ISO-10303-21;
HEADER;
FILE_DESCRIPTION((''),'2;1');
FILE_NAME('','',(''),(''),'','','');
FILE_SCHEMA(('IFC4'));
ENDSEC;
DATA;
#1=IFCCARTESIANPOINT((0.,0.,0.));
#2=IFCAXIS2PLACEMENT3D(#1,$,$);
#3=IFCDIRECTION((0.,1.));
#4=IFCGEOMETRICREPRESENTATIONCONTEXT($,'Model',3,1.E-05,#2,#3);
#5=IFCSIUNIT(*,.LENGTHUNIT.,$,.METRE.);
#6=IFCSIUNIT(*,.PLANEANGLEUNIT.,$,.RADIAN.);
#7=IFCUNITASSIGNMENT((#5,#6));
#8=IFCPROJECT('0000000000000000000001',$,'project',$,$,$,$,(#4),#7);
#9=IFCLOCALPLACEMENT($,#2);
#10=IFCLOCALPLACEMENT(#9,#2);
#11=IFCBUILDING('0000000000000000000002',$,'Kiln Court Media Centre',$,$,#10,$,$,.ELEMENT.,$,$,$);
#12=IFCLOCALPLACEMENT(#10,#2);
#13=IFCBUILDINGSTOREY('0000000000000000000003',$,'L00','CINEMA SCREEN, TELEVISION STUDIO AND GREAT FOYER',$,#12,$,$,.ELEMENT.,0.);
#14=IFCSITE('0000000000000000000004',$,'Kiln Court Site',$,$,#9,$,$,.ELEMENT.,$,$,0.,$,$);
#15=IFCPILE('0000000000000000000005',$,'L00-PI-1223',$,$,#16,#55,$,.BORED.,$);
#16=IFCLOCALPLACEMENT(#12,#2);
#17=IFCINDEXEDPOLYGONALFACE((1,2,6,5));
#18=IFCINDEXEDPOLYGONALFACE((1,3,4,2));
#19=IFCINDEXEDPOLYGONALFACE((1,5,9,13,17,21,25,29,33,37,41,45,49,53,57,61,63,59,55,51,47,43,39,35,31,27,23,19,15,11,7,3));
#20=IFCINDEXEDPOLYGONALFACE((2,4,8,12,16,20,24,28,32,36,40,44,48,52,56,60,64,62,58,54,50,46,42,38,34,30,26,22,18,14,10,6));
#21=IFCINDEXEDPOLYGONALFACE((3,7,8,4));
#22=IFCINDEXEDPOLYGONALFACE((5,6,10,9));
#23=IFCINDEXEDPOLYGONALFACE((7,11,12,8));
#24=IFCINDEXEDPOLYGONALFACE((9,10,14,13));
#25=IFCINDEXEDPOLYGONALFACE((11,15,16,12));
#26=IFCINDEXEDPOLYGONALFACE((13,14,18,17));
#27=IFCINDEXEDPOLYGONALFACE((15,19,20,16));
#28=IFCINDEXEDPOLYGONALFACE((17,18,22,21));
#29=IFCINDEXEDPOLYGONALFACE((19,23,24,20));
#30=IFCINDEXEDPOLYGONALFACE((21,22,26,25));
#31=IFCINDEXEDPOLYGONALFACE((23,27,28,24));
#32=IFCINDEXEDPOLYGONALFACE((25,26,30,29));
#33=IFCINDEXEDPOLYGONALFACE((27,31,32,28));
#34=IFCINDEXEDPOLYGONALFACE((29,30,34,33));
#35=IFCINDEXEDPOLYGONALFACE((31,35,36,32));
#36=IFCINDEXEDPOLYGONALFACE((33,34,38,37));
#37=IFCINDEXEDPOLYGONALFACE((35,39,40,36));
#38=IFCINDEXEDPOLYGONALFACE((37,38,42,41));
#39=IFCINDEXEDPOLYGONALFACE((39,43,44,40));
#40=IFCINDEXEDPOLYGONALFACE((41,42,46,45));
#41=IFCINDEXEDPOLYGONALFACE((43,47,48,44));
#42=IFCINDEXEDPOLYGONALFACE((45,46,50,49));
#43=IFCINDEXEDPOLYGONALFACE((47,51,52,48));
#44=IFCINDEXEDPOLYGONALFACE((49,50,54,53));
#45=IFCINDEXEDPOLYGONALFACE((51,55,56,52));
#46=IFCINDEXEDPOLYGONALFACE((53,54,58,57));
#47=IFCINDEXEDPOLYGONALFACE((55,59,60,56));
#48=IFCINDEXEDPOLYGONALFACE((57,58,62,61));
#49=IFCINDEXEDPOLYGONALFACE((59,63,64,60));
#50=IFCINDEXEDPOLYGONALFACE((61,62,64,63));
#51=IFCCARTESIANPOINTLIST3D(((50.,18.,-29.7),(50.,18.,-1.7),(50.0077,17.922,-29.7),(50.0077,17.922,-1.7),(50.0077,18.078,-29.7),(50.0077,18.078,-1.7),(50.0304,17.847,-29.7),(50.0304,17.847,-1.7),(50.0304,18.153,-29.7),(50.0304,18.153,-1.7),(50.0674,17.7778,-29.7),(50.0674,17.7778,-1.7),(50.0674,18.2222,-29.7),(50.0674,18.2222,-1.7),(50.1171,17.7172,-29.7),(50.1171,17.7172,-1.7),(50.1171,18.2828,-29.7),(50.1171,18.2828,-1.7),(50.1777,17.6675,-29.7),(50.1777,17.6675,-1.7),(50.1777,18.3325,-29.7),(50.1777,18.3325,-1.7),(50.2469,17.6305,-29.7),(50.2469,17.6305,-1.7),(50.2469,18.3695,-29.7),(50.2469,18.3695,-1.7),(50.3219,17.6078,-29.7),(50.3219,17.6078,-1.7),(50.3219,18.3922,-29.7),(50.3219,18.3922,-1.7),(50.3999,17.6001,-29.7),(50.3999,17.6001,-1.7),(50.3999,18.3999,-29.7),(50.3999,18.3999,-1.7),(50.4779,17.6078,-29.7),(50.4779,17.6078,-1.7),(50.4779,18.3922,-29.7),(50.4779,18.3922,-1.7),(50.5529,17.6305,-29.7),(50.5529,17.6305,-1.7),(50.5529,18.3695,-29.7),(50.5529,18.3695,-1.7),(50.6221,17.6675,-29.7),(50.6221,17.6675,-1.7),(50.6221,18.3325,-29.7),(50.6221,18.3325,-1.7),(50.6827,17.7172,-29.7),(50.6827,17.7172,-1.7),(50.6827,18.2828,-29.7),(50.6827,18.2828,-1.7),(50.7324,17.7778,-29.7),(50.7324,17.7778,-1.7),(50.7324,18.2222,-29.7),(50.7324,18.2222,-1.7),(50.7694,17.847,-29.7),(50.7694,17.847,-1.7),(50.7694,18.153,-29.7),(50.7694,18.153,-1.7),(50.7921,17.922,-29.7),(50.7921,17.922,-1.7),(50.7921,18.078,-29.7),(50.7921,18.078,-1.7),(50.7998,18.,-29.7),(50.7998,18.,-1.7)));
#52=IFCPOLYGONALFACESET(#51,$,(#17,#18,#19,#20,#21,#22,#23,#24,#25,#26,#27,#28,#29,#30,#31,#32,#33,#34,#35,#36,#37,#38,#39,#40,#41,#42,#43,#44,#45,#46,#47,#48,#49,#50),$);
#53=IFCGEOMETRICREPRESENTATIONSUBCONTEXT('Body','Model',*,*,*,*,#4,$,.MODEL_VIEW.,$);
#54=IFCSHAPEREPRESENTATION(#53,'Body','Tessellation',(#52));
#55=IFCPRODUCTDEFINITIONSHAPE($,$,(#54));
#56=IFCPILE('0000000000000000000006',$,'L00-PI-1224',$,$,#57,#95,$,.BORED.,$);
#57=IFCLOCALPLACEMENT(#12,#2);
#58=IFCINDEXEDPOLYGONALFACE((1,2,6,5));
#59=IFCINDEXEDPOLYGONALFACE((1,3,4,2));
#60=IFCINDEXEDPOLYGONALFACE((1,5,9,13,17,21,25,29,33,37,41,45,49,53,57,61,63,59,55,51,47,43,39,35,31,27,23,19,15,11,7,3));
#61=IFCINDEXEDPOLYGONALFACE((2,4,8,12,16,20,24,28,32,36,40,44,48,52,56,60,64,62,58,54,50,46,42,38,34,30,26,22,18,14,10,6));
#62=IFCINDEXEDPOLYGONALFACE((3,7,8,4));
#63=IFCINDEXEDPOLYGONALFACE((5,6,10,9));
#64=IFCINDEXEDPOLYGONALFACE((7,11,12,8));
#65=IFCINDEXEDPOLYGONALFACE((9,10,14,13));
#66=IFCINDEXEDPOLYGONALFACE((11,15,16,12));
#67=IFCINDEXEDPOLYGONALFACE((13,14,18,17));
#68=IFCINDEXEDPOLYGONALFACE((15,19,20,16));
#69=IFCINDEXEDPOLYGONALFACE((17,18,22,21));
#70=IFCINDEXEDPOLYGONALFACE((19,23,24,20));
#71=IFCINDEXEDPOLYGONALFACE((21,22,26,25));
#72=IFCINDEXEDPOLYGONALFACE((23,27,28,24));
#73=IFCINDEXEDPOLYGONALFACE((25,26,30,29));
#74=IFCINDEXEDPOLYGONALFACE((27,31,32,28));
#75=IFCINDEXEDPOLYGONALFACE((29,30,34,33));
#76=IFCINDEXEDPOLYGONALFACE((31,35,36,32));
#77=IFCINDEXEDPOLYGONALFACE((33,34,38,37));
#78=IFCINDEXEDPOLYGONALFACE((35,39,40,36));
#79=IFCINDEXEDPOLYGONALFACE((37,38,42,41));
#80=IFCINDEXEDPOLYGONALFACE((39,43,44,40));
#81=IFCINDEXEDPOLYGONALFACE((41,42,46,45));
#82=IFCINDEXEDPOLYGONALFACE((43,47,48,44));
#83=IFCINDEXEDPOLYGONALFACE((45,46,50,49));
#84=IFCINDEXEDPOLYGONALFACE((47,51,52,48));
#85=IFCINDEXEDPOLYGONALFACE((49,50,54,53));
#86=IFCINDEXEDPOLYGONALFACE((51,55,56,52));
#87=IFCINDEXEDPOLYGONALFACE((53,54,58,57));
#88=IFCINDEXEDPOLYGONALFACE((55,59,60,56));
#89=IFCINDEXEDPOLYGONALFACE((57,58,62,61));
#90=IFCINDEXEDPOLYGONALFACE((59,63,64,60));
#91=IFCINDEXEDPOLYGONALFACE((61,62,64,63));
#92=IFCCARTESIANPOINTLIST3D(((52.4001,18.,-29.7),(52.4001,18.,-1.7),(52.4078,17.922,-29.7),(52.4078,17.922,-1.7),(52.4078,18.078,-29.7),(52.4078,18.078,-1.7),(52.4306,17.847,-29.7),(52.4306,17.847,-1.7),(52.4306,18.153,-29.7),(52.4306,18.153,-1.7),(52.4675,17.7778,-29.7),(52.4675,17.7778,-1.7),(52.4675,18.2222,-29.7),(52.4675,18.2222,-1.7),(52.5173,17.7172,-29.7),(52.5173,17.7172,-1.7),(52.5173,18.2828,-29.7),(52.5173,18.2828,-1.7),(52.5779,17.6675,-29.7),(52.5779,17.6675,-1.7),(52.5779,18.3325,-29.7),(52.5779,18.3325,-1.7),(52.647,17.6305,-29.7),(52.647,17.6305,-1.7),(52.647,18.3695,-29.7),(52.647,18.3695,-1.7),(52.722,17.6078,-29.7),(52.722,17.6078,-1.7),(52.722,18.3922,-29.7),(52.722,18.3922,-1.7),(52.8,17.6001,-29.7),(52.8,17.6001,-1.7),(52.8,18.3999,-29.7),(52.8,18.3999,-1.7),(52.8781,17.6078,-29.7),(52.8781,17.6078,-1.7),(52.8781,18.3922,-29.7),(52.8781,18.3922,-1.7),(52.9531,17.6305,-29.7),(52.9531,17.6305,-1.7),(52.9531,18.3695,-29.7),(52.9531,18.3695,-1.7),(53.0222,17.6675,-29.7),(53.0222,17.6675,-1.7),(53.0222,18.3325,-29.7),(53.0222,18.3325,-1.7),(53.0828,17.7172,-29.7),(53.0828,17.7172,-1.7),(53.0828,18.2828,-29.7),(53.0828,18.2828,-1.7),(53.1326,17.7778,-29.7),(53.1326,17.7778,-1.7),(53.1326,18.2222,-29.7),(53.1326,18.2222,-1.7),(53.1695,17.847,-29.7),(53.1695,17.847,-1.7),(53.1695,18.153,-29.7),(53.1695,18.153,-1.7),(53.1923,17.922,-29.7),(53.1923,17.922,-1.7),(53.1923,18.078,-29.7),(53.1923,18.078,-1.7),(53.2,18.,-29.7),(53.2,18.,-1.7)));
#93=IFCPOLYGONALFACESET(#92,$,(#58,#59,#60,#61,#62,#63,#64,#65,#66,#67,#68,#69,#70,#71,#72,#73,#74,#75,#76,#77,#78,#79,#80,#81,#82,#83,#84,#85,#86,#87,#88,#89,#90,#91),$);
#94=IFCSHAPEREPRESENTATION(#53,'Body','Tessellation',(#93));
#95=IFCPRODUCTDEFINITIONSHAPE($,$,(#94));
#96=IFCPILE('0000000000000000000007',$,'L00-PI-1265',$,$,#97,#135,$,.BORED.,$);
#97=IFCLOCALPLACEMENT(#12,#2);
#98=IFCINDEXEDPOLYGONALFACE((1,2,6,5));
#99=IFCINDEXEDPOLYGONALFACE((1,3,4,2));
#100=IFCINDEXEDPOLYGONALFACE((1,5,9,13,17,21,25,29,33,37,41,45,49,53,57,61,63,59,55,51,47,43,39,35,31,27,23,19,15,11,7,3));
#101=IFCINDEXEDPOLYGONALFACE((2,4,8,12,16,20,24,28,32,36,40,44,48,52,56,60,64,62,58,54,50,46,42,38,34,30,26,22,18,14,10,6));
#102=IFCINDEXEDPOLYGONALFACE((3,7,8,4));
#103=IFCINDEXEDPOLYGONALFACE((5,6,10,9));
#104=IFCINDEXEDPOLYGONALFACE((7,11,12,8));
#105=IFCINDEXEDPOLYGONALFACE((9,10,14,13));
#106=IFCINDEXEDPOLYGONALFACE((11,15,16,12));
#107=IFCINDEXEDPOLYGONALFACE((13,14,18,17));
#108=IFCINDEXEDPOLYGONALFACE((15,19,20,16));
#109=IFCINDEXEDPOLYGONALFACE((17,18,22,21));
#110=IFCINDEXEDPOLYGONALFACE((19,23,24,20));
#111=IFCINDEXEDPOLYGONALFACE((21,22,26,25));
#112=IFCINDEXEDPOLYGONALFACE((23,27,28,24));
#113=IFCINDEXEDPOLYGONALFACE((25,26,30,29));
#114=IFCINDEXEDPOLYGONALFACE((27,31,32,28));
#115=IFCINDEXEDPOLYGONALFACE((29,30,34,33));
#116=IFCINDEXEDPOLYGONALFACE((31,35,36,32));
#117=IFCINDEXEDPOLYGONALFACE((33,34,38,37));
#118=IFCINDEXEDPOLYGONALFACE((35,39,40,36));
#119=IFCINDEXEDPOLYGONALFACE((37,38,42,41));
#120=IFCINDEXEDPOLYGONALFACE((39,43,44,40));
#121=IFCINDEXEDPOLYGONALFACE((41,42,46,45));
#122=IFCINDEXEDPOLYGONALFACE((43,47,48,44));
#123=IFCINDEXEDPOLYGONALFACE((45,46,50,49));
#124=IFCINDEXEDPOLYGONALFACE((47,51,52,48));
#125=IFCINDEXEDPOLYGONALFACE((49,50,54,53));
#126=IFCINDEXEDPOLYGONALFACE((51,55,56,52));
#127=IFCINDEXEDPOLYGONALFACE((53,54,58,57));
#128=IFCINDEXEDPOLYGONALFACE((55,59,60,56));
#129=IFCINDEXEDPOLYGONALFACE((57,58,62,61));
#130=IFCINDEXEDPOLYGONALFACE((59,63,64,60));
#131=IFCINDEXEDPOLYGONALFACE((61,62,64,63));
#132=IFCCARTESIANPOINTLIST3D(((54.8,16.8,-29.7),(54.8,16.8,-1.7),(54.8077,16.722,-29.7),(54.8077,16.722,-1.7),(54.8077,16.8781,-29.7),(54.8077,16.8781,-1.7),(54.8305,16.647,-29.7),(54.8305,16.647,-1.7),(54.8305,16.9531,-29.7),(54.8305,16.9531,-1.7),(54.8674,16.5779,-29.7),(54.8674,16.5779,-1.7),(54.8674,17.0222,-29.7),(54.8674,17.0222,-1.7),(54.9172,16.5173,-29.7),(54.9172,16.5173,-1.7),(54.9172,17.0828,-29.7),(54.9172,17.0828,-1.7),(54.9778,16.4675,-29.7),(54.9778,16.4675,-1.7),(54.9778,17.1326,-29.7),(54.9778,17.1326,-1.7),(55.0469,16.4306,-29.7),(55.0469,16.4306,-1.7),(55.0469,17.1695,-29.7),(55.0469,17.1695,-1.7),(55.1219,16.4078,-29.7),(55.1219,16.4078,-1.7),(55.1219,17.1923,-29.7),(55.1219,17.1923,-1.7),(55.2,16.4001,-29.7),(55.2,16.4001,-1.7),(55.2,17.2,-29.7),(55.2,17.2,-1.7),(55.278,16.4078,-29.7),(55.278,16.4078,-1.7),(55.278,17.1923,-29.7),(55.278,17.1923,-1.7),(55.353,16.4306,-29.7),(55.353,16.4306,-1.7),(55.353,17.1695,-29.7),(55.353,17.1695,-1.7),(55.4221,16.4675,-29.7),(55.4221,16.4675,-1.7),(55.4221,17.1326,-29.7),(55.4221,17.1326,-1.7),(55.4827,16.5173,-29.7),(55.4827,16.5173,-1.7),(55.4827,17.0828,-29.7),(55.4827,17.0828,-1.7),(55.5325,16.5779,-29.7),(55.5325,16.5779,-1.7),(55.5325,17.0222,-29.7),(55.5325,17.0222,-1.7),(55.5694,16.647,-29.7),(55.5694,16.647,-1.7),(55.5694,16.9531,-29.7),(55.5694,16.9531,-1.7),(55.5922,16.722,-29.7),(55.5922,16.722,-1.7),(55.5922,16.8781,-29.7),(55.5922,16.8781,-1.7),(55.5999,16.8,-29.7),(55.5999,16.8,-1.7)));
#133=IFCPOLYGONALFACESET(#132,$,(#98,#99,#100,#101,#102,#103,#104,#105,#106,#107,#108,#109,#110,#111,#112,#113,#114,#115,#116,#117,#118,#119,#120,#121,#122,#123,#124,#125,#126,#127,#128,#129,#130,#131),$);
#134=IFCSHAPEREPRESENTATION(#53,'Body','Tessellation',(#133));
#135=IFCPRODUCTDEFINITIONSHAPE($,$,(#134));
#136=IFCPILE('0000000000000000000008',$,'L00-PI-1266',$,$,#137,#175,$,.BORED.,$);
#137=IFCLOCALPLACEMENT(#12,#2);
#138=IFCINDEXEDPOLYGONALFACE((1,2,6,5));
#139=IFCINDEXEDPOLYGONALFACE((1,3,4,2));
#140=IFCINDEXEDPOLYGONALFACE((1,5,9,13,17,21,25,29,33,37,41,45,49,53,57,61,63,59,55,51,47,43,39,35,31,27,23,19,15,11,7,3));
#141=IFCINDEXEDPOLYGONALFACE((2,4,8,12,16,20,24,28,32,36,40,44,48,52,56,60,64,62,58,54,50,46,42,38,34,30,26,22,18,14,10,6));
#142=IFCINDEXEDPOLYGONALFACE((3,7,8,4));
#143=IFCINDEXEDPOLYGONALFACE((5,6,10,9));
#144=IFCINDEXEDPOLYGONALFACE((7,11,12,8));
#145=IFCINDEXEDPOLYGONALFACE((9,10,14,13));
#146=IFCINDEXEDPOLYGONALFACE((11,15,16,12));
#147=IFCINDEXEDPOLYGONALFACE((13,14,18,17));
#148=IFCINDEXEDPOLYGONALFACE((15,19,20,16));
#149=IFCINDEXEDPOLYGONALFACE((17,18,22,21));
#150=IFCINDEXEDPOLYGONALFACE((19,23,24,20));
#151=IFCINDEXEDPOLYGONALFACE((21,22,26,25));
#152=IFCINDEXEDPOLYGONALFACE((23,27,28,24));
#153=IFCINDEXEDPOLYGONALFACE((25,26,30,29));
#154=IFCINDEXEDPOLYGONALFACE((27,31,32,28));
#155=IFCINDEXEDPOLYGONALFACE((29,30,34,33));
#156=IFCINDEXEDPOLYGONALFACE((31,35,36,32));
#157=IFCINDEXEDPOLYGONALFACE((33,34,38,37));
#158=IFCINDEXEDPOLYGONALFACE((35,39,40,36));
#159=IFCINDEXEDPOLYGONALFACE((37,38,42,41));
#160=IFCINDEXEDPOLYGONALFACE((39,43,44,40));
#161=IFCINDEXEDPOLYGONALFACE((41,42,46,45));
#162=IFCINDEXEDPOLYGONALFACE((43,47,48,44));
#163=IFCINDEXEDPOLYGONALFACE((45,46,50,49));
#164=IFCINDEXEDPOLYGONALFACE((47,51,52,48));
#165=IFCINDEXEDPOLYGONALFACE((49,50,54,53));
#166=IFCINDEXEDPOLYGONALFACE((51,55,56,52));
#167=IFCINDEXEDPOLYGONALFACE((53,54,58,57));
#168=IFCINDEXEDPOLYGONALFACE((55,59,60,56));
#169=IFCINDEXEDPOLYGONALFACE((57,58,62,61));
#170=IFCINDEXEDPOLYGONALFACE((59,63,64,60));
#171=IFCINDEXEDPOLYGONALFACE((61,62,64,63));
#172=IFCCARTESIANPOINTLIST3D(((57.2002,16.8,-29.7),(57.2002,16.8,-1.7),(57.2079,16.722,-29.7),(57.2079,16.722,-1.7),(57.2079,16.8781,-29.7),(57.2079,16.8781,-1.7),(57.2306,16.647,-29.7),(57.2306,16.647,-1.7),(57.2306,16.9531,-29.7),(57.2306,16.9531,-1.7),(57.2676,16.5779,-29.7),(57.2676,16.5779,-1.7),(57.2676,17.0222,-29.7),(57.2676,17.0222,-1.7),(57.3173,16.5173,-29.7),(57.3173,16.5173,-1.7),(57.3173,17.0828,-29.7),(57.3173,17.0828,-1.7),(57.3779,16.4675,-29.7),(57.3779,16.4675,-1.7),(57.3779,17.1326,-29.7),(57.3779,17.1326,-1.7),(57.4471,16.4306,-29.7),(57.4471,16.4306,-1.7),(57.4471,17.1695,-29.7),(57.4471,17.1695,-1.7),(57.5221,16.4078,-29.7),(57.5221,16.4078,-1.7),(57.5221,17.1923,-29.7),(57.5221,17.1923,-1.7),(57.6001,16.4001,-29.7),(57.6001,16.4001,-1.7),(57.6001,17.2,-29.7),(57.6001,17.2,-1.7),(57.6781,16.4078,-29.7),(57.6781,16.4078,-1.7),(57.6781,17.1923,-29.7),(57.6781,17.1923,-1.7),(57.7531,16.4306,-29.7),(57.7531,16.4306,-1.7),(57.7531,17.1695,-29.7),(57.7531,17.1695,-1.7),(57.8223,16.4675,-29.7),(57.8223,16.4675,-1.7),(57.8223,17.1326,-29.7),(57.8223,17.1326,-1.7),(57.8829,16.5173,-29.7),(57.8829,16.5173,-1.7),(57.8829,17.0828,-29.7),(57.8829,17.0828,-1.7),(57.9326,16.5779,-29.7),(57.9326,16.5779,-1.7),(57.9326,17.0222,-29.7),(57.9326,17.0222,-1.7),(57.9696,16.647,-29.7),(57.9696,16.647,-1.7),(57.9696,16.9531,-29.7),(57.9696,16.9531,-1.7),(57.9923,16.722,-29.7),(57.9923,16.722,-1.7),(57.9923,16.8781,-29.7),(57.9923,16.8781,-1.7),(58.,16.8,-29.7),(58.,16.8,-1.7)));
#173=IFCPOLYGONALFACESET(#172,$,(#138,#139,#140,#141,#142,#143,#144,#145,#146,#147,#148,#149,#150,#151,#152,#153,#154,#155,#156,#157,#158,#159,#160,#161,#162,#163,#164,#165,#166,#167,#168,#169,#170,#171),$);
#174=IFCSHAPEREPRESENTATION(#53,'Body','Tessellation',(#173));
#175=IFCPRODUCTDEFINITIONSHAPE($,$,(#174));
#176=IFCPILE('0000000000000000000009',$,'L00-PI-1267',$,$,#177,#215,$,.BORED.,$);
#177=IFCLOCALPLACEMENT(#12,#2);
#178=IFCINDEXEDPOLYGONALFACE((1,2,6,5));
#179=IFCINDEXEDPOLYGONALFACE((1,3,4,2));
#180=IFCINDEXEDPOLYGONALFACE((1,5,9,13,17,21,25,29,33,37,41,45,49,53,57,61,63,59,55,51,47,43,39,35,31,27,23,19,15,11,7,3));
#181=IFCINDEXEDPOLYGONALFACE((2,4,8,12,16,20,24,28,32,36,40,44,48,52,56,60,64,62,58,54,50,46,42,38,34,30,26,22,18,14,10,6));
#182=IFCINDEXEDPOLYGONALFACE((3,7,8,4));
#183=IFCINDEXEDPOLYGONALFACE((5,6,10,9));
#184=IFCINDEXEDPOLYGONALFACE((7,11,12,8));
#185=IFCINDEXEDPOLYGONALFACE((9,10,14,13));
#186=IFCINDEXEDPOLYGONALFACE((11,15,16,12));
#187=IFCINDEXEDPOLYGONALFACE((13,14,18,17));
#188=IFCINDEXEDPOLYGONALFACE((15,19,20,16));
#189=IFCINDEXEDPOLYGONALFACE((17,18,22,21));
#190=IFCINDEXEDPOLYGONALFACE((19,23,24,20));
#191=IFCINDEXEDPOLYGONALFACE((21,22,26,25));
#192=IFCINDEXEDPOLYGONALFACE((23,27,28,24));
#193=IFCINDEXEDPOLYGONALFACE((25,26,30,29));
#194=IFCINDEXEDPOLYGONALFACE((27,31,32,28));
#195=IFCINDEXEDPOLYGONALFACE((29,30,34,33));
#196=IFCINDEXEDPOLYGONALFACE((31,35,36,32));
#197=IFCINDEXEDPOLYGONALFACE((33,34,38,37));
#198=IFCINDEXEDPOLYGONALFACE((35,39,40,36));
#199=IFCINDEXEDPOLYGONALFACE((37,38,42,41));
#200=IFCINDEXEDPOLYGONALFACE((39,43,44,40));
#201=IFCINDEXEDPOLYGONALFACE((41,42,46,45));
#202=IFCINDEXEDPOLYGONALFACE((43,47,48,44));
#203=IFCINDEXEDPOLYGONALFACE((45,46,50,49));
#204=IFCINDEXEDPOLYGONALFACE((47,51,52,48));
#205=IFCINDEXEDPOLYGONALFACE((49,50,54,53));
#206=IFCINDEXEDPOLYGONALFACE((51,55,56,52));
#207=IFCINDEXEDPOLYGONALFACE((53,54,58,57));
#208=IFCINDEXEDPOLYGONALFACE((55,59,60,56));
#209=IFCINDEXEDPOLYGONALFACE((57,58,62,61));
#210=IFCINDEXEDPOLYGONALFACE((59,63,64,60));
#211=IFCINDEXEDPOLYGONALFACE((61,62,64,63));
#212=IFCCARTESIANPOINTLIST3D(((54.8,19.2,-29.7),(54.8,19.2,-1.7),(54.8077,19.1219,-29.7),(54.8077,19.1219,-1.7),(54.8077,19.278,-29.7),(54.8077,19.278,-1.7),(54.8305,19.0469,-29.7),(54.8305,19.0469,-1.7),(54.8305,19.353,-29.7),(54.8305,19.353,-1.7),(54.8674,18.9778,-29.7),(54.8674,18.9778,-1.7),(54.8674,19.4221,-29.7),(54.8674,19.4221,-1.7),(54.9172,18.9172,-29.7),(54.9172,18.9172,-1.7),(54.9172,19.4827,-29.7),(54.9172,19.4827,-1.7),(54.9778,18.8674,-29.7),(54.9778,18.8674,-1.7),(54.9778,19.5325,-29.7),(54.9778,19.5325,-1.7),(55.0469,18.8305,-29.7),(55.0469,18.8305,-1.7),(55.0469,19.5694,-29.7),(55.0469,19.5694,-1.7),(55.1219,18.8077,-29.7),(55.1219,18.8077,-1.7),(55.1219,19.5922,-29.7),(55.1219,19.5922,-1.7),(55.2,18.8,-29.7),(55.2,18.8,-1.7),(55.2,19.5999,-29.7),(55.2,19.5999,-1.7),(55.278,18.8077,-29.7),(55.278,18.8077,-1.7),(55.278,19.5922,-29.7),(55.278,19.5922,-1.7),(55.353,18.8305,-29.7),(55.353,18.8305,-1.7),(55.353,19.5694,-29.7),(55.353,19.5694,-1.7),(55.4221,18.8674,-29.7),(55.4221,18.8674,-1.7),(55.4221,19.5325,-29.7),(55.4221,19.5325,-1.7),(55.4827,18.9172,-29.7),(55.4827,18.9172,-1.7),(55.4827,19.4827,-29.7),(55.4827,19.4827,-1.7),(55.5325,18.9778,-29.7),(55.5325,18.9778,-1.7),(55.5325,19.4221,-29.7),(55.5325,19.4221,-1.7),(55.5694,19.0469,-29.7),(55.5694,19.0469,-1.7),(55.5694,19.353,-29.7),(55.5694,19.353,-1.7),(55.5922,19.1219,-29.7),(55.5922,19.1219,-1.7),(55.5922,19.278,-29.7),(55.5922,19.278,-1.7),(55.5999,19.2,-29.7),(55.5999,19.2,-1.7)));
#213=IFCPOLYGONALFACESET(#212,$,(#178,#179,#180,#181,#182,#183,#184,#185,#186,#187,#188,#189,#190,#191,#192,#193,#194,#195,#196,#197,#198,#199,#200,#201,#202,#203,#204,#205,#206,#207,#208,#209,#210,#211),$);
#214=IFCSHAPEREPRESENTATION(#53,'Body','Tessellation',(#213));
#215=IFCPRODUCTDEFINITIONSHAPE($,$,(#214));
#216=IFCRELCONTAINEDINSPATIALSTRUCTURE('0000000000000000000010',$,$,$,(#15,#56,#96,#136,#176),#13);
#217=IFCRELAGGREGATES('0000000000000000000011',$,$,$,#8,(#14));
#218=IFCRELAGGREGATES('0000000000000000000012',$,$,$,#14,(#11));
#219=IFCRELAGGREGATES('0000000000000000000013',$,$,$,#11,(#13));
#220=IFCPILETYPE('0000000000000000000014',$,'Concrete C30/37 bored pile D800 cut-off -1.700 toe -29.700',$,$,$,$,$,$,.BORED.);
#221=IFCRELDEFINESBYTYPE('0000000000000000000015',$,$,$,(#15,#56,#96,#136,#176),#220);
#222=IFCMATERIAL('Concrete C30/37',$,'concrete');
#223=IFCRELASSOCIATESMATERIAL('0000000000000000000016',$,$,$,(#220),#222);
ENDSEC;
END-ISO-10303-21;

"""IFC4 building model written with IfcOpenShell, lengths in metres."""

from ifc_helpers import new_model, si_unit, direction, frame, origin, origin_2d, place, context, subcontext, project, spatial, circle, extrude, material, material_profile, profile_set, type_object, element, save


model = new_model("IFC4")

# Units and contexts
model_context = context("Model", 3, precision=1e-05, world=origin(), true_north=direction((0.0, 1.0)))
body_context = subcontext(model_context, "Body", "Model", "MODEL_VIEW")
ifc_project = project(units=[si_unit("LENGTHUNIT", "METRE"), si_unit("PLANEANGLEUNIT", "RADIAN")], contexts=[model_context])

# Site, building, storey
site_placement = place(None, origin())
site = spatial("IfcSite", under=ifc_project, at=site_placement, Name="Kiln Court Site", CompositionType="ELEMENT", RefElevation=0.0)
building_placement = place(site_placement, origin())
building = spatial("IfcBuilding", under=site, at=building_placement, Name="Kiln Court Media Centre", CompositionType="ELEMENT")
storey_placement = place(building_placement, origin())
storey = spatial("IfcBuildingStorey", under=building, at=storey_placement, Name="L00", Description="CINEMA SCREEN, TELEVISION STUDIO AND GREAT FOYER", CompositionType="ELEMENT", Elevation=0.0)

# Piles
ifc_material_1 = material(Name="Concrete C30/37", Category="concrete")
ifc_material_profile_1 = material_profile(ifc_material_1, circle(Radius=0.3999, at=origin_2d()), Name="PILE D800")
ifc_profile_set_1 = profile_set([ifc_material_profile_1], Name="Concrete C30/37")
pile_type = type_object("IfcPileType", Name="Concrete C30/37 bored pile D800 cut-off -1.700 toe -29.700", PredefinedType="BORED", material=ifc_profile_set_1)
for number, where, z_axis, x_axis, name in (
    (1, (50.3999, 18.0, -1.7), (0.0, 0.0, -1.0), (1.0, 0.0, 0.0), "L00-PI-1223"),
    (2, (52.8, 18.0, -1.7), (0.0, 0.0, -1.0), (1.0, 0.0, 0.0), "L00-PI-1224"),
    (3, (55.2, 16.8, -1.7), (0.0, 0.0, -1.0), (1.0, 0.0, 0.0), "L00-PI-1265"),
    (4, (57.6001, 16.8, -1.7), (0.0, 0.0, -1.0), (1.0, 0.0, 0.0), "L00-PI-1266"),
    (5, (55.2, 19.2, -1.7), (0.0, 0.0, -1.0), (1.0, 0.0, 0.0), "L00-PI-1267"),
):
    element("IfcPile", number, at=place(storey_placement, frame(where, z_axis=z_axis, x_axis=x_axis)), inside=storey, type_object=pile_type, Name=name, PredefinedType="BORED", context=body_context, shape_type="SweptSolid", body=[
        extrude(circle(Radius=0.3999, at=origin_2d()), origin(), (0.0, 0.0, 1.0), 28.0),
    ])

save(model, "model.ifc")
